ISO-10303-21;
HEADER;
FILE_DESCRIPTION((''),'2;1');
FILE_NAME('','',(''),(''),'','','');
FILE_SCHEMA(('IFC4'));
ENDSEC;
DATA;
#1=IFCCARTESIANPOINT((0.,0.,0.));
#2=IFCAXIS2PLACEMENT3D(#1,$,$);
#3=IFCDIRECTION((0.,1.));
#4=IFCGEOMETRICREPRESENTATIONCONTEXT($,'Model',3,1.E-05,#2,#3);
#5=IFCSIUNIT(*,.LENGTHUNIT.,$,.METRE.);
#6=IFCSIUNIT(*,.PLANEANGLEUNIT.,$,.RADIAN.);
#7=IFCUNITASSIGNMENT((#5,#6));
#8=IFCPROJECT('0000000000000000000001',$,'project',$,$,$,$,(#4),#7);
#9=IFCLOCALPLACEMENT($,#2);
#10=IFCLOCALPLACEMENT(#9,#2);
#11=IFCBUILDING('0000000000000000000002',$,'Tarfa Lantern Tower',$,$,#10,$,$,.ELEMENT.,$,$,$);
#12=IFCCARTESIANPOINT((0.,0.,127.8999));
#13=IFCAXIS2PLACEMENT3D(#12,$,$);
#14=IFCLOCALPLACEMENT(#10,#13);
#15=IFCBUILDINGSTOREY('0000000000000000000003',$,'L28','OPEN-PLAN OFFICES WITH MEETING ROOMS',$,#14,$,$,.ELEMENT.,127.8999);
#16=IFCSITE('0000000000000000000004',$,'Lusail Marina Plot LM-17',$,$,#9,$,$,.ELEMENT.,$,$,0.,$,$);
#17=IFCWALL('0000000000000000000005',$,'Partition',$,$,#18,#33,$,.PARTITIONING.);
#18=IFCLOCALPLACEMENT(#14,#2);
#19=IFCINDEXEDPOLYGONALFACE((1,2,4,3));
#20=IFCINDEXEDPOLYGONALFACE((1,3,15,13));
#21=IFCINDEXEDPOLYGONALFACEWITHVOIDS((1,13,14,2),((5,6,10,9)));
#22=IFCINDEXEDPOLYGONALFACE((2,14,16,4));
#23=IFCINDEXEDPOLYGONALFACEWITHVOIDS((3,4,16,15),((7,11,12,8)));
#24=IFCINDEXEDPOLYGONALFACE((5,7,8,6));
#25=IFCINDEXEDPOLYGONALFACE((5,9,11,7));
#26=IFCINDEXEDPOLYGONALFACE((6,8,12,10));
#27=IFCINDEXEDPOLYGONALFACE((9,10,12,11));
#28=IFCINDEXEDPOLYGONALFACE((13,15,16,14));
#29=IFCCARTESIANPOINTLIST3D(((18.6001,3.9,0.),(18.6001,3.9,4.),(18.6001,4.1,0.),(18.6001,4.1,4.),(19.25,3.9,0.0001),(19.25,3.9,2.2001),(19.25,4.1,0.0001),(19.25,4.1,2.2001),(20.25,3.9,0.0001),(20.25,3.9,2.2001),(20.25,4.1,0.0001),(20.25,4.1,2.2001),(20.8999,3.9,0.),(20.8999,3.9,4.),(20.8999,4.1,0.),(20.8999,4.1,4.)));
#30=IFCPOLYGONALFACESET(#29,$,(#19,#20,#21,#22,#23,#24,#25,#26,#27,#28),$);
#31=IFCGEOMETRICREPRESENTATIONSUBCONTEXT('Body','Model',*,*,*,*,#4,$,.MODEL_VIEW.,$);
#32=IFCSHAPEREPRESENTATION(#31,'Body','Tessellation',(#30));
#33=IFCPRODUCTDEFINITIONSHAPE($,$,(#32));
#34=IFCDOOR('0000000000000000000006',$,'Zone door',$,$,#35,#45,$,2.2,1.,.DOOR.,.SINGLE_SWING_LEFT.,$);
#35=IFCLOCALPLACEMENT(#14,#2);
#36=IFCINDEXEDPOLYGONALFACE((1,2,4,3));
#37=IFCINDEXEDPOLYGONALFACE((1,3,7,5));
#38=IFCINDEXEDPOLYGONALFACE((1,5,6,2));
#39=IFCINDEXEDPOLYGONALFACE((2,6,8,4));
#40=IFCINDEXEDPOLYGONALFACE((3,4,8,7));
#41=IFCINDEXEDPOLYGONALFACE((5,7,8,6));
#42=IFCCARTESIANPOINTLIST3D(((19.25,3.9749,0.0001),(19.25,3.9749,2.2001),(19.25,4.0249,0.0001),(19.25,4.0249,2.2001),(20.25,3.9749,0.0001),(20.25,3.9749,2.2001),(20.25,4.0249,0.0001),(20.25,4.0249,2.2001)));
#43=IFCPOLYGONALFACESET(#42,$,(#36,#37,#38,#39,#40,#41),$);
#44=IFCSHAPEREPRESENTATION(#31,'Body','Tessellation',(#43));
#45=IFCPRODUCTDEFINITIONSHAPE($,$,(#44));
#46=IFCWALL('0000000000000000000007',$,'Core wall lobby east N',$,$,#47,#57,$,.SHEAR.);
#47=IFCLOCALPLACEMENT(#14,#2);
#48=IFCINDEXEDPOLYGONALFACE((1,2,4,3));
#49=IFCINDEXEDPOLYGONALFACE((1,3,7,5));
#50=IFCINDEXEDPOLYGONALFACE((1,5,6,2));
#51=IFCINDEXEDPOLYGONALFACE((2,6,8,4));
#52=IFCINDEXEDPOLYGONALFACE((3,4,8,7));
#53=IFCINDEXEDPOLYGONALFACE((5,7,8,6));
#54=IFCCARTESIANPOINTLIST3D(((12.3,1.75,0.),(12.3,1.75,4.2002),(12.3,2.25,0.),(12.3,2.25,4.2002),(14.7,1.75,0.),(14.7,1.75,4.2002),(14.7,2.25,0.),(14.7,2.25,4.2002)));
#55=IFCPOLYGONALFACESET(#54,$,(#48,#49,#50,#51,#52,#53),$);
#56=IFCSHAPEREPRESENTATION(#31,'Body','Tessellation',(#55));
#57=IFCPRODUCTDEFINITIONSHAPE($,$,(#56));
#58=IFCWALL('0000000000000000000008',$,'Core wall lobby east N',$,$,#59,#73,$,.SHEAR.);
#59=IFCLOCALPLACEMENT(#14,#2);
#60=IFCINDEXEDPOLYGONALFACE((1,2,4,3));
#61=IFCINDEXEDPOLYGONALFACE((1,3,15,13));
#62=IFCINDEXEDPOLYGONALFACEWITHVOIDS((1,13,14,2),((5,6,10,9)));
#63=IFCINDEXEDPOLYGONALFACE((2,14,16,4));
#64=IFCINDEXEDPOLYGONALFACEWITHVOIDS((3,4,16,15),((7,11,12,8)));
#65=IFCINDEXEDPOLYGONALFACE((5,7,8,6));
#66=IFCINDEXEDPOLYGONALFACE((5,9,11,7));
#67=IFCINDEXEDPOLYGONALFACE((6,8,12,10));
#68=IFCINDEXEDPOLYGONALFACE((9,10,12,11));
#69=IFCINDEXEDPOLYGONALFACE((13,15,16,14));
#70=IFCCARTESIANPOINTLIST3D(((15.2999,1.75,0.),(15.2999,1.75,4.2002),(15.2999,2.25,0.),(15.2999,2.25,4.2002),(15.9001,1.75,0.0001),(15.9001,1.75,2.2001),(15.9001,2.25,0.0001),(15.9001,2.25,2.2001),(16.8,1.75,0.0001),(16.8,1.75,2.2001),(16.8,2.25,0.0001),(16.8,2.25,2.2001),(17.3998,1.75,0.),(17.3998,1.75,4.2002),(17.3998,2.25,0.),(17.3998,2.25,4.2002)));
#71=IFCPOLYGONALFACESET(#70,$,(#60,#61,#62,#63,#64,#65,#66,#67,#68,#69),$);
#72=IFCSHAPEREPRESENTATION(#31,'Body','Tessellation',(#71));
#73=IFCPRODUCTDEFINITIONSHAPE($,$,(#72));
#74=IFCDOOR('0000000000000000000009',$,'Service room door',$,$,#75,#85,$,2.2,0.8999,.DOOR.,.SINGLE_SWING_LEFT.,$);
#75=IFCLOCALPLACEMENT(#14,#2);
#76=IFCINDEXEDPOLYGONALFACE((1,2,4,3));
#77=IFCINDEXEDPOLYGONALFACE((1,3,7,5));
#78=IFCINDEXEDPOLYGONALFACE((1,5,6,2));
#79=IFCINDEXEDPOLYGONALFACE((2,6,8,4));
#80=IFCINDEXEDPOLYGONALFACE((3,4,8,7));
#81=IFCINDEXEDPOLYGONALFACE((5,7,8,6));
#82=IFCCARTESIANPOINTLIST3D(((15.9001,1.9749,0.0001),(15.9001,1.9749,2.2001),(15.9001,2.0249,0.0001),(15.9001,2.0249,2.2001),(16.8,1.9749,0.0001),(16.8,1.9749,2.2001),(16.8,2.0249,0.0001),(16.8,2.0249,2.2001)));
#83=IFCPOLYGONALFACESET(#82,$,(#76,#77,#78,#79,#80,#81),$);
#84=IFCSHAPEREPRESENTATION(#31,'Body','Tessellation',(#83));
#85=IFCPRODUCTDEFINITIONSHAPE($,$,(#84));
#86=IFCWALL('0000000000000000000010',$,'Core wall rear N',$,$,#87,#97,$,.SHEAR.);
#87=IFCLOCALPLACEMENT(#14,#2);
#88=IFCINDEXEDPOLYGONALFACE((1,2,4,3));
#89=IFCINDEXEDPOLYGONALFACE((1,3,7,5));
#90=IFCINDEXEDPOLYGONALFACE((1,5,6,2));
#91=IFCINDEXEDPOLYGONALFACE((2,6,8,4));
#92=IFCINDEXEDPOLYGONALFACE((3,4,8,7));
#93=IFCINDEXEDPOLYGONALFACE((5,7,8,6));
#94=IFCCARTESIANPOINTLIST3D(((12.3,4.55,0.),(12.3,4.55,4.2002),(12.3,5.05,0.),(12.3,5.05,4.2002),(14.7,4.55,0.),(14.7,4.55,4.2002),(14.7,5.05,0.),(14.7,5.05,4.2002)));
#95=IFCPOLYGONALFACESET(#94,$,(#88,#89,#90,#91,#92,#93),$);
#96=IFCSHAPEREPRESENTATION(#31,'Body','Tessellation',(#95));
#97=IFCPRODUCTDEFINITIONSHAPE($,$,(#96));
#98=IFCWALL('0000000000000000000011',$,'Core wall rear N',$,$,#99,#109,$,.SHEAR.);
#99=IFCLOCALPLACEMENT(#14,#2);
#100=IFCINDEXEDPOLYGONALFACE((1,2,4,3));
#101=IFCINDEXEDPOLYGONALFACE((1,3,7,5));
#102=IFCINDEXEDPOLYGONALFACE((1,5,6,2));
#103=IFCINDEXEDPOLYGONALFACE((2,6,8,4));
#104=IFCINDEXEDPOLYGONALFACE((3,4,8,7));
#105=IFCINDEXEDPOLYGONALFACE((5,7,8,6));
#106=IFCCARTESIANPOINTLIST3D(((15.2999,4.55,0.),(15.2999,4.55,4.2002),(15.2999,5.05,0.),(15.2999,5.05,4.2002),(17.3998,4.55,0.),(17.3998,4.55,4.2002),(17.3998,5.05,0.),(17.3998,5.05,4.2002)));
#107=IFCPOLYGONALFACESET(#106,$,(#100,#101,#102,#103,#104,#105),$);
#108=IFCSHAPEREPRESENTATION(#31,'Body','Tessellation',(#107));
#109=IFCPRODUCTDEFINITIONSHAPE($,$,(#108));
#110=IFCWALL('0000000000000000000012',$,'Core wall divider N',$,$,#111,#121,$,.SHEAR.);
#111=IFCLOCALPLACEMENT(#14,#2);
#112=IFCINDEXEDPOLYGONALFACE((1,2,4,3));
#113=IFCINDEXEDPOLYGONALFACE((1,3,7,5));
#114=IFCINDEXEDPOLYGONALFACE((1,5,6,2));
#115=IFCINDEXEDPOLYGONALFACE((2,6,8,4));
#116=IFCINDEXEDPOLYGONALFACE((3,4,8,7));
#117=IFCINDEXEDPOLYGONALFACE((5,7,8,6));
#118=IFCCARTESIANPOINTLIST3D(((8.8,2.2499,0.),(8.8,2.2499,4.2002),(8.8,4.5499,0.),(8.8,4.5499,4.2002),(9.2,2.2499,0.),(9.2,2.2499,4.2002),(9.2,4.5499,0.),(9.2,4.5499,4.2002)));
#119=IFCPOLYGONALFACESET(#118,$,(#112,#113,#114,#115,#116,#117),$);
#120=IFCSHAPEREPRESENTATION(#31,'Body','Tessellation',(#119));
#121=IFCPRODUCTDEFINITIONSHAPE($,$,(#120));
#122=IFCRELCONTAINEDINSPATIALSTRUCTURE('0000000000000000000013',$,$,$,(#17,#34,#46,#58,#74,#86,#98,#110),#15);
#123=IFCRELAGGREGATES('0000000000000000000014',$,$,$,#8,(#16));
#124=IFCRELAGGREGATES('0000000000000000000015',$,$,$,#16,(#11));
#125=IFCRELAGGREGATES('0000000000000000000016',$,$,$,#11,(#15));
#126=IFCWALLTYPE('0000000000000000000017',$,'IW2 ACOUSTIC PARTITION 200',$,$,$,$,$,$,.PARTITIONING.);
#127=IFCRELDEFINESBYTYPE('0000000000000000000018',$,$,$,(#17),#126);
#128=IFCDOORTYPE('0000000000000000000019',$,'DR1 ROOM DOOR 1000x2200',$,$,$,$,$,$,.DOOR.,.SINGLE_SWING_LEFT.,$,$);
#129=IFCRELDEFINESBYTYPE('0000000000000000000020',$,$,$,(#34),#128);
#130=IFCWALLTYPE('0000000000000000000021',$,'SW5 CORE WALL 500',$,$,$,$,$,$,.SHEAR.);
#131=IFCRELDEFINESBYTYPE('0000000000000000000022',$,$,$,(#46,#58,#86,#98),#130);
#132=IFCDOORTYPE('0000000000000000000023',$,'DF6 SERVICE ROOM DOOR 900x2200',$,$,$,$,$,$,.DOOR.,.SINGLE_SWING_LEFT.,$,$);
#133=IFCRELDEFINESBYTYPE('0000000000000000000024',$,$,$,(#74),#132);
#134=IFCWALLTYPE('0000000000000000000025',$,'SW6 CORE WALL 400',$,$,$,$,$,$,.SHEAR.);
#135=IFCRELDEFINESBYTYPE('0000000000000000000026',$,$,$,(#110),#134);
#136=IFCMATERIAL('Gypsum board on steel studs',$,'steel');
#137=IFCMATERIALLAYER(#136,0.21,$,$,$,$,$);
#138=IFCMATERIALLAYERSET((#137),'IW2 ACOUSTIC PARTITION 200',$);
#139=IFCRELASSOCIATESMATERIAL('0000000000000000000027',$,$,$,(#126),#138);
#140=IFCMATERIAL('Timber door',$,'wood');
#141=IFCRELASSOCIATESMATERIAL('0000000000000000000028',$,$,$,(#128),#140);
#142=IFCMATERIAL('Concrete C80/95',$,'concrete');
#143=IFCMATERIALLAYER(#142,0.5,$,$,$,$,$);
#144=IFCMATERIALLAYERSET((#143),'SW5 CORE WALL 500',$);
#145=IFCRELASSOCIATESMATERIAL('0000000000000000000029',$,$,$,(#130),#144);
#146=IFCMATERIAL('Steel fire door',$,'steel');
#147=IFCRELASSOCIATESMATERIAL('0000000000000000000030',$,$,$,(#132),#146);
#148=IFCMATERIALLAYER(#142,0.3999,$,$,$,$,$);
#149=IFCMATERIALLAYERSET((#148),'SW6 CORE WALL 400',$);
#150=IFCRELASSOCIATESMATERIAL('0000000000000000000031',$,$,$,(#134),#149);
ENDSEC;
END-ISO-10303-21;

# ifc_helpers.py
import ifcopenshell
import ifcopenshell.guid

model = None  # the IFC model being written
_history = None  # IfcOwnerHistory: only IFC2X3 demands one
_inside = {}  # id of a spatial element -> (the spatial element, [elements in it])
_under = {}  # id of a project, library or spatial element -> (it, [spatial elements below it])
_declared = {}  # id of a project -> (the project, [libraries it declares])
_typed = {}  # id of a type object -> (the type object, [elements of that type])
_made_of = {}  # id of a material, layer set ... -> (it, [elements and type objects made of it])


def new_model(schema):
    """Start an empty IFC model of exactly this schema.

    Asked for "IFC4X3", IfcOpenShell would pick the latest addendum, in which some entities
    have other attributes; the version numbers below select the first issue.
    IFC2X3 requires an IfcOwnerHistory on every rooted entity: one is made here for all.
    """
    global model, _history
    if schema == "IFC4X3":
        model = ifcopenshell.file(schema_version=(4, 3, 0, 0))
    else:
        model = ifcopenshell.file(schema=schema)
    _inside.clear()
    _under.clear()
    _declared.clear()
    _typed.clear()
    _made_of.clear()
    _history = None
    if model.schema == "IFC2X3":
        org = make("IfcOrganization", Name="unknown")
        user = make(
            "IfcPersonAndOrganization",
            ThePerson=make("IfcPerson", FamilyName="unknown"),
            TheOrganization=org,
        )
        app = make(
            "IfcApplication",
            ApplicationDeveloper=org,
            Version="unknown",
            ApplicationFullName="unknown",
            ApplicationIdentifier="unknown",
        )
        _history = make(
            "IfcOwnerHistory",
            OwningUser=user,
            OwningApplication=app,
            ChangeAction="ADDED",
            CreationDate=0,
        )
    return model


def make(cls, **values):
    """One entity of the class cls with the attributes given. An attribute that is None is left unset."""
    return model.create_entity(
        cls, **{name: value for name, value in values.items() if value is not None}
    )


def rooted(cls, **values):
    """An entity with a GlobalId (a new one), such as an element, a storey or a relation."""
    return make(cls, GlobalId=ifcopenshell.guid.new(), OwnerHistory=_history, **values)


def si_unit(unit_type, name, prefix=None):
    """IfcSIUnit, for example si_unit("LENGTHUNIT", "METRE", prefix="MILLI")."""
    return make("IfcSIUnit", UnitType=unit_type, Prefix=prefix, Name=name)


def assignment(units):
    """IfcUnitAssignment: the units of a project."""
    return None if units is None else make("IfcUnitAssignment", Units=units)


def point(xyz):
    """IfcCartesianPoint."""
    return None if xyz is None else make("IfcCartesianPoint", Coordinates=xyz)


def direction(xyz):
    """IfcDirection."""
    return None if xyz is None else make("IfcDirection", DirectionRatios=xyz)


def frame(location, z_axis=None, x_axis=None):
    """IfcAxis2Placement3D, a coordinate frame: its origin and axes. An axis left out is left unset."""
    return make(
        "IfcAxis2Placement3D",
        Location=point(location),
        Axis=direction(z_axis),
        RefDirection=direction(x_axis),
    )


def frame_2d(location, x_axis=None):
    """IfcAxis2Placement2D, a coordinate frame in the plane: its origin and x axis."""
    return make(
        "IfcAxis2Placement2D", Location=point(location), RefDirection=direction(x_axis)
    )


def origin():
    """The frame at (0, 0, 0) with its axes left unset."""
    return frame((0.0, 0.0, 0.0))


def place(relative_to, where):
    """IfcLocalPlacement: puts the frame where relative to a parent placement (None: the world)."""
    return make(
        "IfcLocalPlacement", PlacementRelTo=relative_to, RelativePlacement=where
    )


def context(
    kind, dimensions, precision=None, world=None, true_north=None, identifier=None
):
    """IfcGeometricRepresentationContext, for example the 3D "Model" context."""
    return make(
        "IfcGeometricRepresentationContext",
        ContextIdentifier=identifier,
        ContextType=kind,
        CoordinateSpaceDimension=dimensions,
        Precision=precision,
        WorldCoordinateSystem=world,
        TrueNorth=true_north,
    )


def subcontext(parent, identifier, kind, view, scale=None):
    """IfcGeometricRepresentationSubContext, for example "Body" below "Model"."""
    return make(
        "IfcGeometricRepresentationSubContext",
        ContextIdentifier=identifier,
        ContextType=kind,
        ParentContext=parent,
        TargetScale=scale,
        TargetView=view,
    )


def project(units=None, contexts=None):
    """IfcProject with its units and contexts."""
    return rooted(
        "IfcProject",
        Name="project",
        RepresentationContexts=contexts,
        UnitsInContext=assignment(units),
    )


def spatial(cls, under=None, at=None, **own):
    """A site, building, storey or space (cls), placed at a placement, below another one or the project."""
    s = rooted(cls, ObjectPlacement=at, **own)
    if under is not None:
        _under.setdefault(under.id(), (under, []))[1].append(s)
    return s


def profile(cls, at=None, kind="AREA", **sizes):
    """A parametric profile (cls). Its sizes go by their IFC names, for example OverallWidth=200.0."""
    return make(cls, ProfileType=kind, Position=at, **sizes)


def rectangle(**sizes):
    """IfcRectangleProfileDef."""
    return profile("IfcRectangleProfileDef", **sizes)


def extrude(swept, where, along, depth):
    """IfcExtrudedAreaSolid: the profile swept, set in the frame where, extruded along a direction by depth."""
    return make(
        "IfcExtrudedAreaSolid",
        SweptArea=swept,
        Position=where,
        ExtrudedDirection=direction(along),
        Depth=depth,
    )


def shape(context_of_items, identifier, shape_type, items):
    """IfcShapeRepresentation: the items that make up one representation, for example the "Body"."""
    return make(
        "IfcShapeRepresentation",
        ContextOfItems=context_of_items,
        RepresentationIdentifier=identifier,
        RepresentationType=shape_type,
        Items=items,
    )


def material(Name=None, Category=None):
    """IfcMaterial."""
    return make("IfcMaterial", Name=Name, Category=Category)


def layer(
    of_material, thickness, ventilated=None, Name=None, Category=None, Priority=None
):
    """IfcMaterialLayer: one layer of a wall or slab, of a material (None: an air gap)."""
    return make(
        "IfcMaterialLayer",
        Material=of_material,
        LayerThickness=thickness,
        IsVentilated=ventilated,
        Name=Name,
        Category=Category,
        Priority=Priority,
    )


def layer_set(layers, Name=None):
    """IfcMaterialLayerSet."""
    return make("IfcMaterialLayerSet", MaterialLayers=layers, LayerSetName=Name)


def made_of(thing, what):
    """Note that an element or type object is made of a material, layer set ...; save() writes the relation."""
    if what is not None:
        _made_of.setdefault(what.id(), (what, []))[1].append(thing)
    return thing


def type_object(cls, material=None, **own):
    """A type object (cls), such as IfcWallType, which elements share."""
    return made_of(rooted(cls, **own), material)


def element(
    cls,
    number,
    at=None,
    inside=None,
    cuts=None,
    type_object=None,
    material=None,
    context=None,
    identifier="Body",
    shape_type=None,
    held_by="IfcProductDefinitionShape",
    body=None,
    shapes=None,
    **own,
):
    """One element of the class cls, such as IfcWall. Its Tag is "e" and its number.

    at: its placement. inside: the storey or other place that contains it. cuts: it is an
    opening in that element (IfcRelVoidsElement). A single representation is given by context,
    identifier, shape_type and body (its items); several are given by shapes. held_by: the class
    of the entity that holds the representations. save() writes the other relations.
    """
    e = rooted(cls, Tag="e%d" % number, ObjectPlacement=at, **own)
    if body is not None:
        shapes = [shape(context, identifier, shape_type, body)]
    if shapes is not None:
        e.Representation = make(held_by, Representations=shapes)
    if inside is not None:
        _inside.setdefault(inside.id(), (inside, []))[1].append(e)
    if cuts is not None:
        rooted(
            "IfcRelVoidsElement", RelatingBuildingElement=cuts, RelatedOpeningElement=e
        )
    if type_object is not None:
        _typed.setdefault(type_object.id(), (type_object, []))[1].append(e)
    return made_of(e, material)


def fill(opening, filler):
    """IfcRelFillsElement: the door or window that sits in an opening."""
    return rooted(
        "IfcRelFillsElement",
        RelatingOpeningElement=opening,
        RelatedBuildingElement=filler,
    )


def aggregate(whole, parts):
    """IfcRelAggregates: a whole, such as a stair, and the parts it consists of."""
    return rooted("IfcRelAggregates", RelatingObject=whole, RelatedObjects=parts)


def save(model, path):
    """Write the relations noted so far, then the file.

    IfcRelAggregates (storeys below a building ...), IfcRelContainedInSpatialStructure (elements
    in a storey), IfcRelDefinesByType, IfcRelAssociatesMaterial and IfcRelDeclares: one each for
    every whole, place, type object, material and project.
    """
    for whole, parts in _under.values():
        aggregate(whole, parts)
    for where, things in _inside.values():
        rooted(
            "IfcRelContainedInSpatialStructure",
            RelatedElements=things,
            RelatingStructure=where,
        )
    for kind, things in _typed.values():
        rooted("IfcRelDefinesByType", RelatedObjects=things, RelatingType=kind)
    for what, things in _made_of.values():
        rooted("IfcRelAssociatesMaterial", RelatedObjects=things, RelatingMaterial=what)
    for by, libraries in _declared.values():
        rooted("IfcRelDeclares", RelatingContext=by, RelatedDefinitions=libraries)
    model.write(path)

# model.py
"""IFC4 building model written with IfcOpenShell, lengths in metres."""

from ifc_helpers import new_model, si_unit, direction, frame, frame_2d, origin, place, context, subcontext, project, spatial, rectangle, extrude, material, layer, layer_set, type_object, element, fill, save


model = new_model("IFC4")

# Units and contexts
model_context = context("Model", 3, precision=1e-05, world=origin(), true_north=direction((0.0, 1.0)))
body_context = subcontext(model_context, "Body", "Model", "MODEL_VIEW")
ifc_project = project(units=[si_unit("LENGTHUNIT", "METRE"), si_unit("PLANEANGLEUNIT", "RADIAN")], contexts=[model_context])

# Site, building, storey
site_placement = place(None, origin())
site = spatial("IfcSite", under=ifc_project, at=site_placement, Name="Lusail Marina Plot LM-17", CompositionType="ELEMENT", RefElevation=0.0)
building_placement = place(site_placement, origin())
building = spatial("IfcBuilding", under=site, at=building_placement, Name="Tarfa Lantern Tower", CompositionType="ELEMENT")
storey_placement = place(building_placement, frame((0.0, 0.0, 127.8999)))
storey = spatial("IfcBuildingStorey", under=building, at=storey_placement, Name="L28", Description="OPEN-PLAN OFFICES WITH MEETING ROOMS", CompositionType="ELEMENT", Elevation=127.8999)

# Shared definitions
ifc_material_1 = material(Name="Gypsum board on steel studs", Category="steel")
ifc_layer_1 = layer(ifc_material_1, 0.21)
ifc_layer_set_1 = layer_set([ifc_layer_1], Name="IW2 ACOUSTIC PARTITION 200")
wall_type_1 = type_object("IfcWallType", Name="IW2 ACOUSTIC PARTITION 200", PredefinedType="PARTITIONING", material=ifc_layer_set_1)
ifc_material_2 = material(Name="Timber door", Category="wood")
door_type_1 = type_object("IfcDoorType", Name="DR1 ROOM DOOR 1000x2200", OperationType="SINGLE_SWING_LEFT", PredefinedType="DOOR", material=ifc_material_2)

# Wall, opening, door
wall_1_placement = place(storey_placement, frame((18.6001, 4.0, 0.0), z_axis=(0.0, 0.0, 1.0), x_axis=(1.0, 0.0, 0.0)))
wall_1 = element("IfcWall", 1, at=wall_1_placement, inside=storey, type_object=wall_type_1, Name="Partition", PredefinedType="PARTITIONING", context=body_context, shape_type="SweptSolid", body=[
    extrude(rectangle(XDim=2.2998, YDim=0.2, at=frame_2d((1.1499, 0.0))), origin(), (0.0, 0.0, 1.0), 4.0),
])
opening_1_placement = place(wall_1_placement, frame((0.6499, 0.0, 0.0)))
opening_1 = element("IfcOpeningElement", 2, at=opening_1_placement, cuts=wall_1, PredefinedType="OPENING", context=body_context, shape_type="SweptSolid", body=[
    extrude(rectangle(XDim=1.0, YDim=2.2, at=frame_2d((0.5, 1.1001))), frame((0.0, 0.1099, 0.0), z_axis=(0.0, -1.0, 0.0), x_axis=(1.0, 0.0, 0.0)), (0.0, 0.0, 1.0), 0.22),
])
door_1_placement = place(opening_1_placement, origin())
door_1 = element("IfcDoor", 3, at=door_1_placement, inside=storey, type_object=door_type_1, Name="Zone door", OperationType="SINGLE_SWING_LEFT", OverallHeight=2.2, OverallWidth=1.0, PredefinedType="DOOR", context=body_context, shape_type="SweptSolid", body=[
    extrude(rectangle(XDim=1.0, YDim=2.2, at=frame_2d((0.5, 1.1001))), frame((0.0, 0.0249, 0.0), z_axis=(0.0, -1.0, 0.0), x_axis=(1.0, 0.0, 0.0)), (0.0, 0.0, 1.0), 0.05),
])
fill(opening_1, door_1)

# Wall
ifc_material_3 = material(Name="Concrete C80/95", Category="concrete")
ifc_layer_2 = layer(ifc_material_3, 0.5)
ifc_layer_set_2 = layer_set([ifc_layer_2], Name="SW5 CORE WALL 500")
wall_type_2 = type_object("IfcWallType", Name="SW5 CORE WALL 500", PredefinedType="SHEAR", material=ifc_layer_set_2)
wall_2_placement = place(storey_placement, frame((12.3, 2.0, 0.0), z_axis=(0.0, 0.0, 1.0), x_axis=(1.0, 0.0, 0.0)))
element("IfcWall", 4, at=wall_2_placement, inside=storey, type_object=wall_type_2, Name="Core wall lobby east N", PredefinedType="SHEAR", context=body_context, shape_type="SweptSolid", body=[
    extrude(rectangle(XDim=2.3999, YDim=0.5, at=frame_2d((1.2, 0.0))), origin(), (0.0, 0.0, 1.0), 4.2002),
])

# Wall, opening, door
wall_3_placement = place(storey_placement, frame((15.3, 2.0, 0.0), z_axis=(0.0, 0.0, 1.0), x_axis=(1.0, 0.0, 0.0)))
wall_3 = element("IfcWall", 5, at=wall_3_placement, inside=storey, type_object=wall_type_2, Name="Core wall lobby east N", PredefinedType="SHEAR", context=body_context, shape_type="SweptSolid", body=[
    extrude(rectangle(XDim=2.0999, YDim=0.5, at=frame_2d((1.0498, 0.0))), origin(), (0.0, 0.0, 1.0), 4.2002),
])
opening_2_placement = place(wall_3_placement, frame((0.6001, 0.0, 0.0)))
opening_2 = element("IfcOpeningElement", 6, at=opening_2_placement, cuts=wall_3, PredefinedType="OPENING", context=body_context, shape_type="SweptSolid", body=[
    extrude(rectangle(XDim=0.8999, YDim=2.2, at=frame_2d((0.45, 1.1001))), frame((0.0, 0.26, 0.0), z_axis=(0.0, -1.0, 0.0), x_axis=(1.0, 0.0, 0.0)), (0.0, 0.0, 1.0), 0.52),
])
ifc_material_4 = material(Name="Steel fire door", Category="steel")
door_type_2 = type_object("IfcDoorType", Name="DF6 SERVICE ROOM DOOR 900x2200", OperationType="SINGLE_SWING_LEFT", PredefinedType="DOOR", material=ifc_material_4)
door_2_placement = place(opening_2_placement, origin())
door_2 = element("IfcDoor", 7, at=door_2_placement, inside=storey, type_object=door_type_2, Name="Service room door", OperationType="SINGLE_SWING_LEFT", OverallHeight=2.2, OverallWidth=0.8999, PredefinedType="DOOR", context=body_context, shape_type="SweptSolid", body=[
    extrude(rectangle(XDim=0.8999, YDim=2.2, at=frame_2d((0.45, 1.1001))), frame((0.0, 0.0249, 0.0), z_axis=(0.0, -1.0, 0.0), x_axis=(1.0, 0.0, 0.0)), (0.0, 0.0, 1.0), 0.05),
])
fill(opening_2, door_2)

# Walls
wall_4_placement = place(storey_placement, frame((12.3, 4.8, 0.0), z_axis=(0.0, 0.0, 1.0), x_axis=(1.0, 0.0, 0.0)))
element("IfcWall", 8, at=wall_4_placement, inside=storey, type_object=wall_type_2, Name="Core wall rear N", PredefinedType="SHEAR", context=body_context, shape_type="SweptSolid", body=[
    extrude(rectangle(XDim=2.3999, YDim=0.5, at=frame_2d((1.2, 0.0))), origin(), (0.0, 0.0, 1.0), 4.2002),
])
wall_5_placement = place(storey_placement, frame((15.3, 4.8, 0.0), z_axis=(0.0, 0.0, 1.0), x_axis=(1.0, 0.0, 0.0)))
element("IfcWall", 9, at=wall_5_placement, inside=storey, type_object=wall_type_2, Name="Core wall rear N", PredefinedType="SHEAR", context=body_context, shape_type="SweptSolid", body=[
    extrude(rectangle(XDim=2.0999, YDim=0.5, at=frame_2d((1.0498, 0.0))), origin(), (0.0, 0.0, 1.0), 4.2002),
])
ifc_layer_3 = layer(ifc_material_3, 0.3999)
ifc_layer_set_3 = layer_set([ifc_layer_3], Name="SW6 CORE WALL 400")
wall_type_3 = type_object("IfcWallType", Name="SW6 CORE WALL 400", PredefinedType="SHEAR", material=ifc_layer_set_3)
wall_6_placement = place(storey_placement, frame((9.0, 2.25, 0.0), z_axis=(0.0, 0.0, 1.0), x_axis=(0.0, 1.0, 0.0)))
element("IfcWall", 10, at=wall_6_placement, inside=storey, type_object=wall_type_3, Name="Core wall divider N", PredefinedType="SHEAR", context=body_context, shape_type="SweptSolid", body=[
    extrude(rectangle(XDim=2.3, YDim=0.3999, at=frame_2d((1.1499, 0.0))), origin(), (0.0, 0.0, 1.0), 4.2002),
])

save(model, "model.ifc")
